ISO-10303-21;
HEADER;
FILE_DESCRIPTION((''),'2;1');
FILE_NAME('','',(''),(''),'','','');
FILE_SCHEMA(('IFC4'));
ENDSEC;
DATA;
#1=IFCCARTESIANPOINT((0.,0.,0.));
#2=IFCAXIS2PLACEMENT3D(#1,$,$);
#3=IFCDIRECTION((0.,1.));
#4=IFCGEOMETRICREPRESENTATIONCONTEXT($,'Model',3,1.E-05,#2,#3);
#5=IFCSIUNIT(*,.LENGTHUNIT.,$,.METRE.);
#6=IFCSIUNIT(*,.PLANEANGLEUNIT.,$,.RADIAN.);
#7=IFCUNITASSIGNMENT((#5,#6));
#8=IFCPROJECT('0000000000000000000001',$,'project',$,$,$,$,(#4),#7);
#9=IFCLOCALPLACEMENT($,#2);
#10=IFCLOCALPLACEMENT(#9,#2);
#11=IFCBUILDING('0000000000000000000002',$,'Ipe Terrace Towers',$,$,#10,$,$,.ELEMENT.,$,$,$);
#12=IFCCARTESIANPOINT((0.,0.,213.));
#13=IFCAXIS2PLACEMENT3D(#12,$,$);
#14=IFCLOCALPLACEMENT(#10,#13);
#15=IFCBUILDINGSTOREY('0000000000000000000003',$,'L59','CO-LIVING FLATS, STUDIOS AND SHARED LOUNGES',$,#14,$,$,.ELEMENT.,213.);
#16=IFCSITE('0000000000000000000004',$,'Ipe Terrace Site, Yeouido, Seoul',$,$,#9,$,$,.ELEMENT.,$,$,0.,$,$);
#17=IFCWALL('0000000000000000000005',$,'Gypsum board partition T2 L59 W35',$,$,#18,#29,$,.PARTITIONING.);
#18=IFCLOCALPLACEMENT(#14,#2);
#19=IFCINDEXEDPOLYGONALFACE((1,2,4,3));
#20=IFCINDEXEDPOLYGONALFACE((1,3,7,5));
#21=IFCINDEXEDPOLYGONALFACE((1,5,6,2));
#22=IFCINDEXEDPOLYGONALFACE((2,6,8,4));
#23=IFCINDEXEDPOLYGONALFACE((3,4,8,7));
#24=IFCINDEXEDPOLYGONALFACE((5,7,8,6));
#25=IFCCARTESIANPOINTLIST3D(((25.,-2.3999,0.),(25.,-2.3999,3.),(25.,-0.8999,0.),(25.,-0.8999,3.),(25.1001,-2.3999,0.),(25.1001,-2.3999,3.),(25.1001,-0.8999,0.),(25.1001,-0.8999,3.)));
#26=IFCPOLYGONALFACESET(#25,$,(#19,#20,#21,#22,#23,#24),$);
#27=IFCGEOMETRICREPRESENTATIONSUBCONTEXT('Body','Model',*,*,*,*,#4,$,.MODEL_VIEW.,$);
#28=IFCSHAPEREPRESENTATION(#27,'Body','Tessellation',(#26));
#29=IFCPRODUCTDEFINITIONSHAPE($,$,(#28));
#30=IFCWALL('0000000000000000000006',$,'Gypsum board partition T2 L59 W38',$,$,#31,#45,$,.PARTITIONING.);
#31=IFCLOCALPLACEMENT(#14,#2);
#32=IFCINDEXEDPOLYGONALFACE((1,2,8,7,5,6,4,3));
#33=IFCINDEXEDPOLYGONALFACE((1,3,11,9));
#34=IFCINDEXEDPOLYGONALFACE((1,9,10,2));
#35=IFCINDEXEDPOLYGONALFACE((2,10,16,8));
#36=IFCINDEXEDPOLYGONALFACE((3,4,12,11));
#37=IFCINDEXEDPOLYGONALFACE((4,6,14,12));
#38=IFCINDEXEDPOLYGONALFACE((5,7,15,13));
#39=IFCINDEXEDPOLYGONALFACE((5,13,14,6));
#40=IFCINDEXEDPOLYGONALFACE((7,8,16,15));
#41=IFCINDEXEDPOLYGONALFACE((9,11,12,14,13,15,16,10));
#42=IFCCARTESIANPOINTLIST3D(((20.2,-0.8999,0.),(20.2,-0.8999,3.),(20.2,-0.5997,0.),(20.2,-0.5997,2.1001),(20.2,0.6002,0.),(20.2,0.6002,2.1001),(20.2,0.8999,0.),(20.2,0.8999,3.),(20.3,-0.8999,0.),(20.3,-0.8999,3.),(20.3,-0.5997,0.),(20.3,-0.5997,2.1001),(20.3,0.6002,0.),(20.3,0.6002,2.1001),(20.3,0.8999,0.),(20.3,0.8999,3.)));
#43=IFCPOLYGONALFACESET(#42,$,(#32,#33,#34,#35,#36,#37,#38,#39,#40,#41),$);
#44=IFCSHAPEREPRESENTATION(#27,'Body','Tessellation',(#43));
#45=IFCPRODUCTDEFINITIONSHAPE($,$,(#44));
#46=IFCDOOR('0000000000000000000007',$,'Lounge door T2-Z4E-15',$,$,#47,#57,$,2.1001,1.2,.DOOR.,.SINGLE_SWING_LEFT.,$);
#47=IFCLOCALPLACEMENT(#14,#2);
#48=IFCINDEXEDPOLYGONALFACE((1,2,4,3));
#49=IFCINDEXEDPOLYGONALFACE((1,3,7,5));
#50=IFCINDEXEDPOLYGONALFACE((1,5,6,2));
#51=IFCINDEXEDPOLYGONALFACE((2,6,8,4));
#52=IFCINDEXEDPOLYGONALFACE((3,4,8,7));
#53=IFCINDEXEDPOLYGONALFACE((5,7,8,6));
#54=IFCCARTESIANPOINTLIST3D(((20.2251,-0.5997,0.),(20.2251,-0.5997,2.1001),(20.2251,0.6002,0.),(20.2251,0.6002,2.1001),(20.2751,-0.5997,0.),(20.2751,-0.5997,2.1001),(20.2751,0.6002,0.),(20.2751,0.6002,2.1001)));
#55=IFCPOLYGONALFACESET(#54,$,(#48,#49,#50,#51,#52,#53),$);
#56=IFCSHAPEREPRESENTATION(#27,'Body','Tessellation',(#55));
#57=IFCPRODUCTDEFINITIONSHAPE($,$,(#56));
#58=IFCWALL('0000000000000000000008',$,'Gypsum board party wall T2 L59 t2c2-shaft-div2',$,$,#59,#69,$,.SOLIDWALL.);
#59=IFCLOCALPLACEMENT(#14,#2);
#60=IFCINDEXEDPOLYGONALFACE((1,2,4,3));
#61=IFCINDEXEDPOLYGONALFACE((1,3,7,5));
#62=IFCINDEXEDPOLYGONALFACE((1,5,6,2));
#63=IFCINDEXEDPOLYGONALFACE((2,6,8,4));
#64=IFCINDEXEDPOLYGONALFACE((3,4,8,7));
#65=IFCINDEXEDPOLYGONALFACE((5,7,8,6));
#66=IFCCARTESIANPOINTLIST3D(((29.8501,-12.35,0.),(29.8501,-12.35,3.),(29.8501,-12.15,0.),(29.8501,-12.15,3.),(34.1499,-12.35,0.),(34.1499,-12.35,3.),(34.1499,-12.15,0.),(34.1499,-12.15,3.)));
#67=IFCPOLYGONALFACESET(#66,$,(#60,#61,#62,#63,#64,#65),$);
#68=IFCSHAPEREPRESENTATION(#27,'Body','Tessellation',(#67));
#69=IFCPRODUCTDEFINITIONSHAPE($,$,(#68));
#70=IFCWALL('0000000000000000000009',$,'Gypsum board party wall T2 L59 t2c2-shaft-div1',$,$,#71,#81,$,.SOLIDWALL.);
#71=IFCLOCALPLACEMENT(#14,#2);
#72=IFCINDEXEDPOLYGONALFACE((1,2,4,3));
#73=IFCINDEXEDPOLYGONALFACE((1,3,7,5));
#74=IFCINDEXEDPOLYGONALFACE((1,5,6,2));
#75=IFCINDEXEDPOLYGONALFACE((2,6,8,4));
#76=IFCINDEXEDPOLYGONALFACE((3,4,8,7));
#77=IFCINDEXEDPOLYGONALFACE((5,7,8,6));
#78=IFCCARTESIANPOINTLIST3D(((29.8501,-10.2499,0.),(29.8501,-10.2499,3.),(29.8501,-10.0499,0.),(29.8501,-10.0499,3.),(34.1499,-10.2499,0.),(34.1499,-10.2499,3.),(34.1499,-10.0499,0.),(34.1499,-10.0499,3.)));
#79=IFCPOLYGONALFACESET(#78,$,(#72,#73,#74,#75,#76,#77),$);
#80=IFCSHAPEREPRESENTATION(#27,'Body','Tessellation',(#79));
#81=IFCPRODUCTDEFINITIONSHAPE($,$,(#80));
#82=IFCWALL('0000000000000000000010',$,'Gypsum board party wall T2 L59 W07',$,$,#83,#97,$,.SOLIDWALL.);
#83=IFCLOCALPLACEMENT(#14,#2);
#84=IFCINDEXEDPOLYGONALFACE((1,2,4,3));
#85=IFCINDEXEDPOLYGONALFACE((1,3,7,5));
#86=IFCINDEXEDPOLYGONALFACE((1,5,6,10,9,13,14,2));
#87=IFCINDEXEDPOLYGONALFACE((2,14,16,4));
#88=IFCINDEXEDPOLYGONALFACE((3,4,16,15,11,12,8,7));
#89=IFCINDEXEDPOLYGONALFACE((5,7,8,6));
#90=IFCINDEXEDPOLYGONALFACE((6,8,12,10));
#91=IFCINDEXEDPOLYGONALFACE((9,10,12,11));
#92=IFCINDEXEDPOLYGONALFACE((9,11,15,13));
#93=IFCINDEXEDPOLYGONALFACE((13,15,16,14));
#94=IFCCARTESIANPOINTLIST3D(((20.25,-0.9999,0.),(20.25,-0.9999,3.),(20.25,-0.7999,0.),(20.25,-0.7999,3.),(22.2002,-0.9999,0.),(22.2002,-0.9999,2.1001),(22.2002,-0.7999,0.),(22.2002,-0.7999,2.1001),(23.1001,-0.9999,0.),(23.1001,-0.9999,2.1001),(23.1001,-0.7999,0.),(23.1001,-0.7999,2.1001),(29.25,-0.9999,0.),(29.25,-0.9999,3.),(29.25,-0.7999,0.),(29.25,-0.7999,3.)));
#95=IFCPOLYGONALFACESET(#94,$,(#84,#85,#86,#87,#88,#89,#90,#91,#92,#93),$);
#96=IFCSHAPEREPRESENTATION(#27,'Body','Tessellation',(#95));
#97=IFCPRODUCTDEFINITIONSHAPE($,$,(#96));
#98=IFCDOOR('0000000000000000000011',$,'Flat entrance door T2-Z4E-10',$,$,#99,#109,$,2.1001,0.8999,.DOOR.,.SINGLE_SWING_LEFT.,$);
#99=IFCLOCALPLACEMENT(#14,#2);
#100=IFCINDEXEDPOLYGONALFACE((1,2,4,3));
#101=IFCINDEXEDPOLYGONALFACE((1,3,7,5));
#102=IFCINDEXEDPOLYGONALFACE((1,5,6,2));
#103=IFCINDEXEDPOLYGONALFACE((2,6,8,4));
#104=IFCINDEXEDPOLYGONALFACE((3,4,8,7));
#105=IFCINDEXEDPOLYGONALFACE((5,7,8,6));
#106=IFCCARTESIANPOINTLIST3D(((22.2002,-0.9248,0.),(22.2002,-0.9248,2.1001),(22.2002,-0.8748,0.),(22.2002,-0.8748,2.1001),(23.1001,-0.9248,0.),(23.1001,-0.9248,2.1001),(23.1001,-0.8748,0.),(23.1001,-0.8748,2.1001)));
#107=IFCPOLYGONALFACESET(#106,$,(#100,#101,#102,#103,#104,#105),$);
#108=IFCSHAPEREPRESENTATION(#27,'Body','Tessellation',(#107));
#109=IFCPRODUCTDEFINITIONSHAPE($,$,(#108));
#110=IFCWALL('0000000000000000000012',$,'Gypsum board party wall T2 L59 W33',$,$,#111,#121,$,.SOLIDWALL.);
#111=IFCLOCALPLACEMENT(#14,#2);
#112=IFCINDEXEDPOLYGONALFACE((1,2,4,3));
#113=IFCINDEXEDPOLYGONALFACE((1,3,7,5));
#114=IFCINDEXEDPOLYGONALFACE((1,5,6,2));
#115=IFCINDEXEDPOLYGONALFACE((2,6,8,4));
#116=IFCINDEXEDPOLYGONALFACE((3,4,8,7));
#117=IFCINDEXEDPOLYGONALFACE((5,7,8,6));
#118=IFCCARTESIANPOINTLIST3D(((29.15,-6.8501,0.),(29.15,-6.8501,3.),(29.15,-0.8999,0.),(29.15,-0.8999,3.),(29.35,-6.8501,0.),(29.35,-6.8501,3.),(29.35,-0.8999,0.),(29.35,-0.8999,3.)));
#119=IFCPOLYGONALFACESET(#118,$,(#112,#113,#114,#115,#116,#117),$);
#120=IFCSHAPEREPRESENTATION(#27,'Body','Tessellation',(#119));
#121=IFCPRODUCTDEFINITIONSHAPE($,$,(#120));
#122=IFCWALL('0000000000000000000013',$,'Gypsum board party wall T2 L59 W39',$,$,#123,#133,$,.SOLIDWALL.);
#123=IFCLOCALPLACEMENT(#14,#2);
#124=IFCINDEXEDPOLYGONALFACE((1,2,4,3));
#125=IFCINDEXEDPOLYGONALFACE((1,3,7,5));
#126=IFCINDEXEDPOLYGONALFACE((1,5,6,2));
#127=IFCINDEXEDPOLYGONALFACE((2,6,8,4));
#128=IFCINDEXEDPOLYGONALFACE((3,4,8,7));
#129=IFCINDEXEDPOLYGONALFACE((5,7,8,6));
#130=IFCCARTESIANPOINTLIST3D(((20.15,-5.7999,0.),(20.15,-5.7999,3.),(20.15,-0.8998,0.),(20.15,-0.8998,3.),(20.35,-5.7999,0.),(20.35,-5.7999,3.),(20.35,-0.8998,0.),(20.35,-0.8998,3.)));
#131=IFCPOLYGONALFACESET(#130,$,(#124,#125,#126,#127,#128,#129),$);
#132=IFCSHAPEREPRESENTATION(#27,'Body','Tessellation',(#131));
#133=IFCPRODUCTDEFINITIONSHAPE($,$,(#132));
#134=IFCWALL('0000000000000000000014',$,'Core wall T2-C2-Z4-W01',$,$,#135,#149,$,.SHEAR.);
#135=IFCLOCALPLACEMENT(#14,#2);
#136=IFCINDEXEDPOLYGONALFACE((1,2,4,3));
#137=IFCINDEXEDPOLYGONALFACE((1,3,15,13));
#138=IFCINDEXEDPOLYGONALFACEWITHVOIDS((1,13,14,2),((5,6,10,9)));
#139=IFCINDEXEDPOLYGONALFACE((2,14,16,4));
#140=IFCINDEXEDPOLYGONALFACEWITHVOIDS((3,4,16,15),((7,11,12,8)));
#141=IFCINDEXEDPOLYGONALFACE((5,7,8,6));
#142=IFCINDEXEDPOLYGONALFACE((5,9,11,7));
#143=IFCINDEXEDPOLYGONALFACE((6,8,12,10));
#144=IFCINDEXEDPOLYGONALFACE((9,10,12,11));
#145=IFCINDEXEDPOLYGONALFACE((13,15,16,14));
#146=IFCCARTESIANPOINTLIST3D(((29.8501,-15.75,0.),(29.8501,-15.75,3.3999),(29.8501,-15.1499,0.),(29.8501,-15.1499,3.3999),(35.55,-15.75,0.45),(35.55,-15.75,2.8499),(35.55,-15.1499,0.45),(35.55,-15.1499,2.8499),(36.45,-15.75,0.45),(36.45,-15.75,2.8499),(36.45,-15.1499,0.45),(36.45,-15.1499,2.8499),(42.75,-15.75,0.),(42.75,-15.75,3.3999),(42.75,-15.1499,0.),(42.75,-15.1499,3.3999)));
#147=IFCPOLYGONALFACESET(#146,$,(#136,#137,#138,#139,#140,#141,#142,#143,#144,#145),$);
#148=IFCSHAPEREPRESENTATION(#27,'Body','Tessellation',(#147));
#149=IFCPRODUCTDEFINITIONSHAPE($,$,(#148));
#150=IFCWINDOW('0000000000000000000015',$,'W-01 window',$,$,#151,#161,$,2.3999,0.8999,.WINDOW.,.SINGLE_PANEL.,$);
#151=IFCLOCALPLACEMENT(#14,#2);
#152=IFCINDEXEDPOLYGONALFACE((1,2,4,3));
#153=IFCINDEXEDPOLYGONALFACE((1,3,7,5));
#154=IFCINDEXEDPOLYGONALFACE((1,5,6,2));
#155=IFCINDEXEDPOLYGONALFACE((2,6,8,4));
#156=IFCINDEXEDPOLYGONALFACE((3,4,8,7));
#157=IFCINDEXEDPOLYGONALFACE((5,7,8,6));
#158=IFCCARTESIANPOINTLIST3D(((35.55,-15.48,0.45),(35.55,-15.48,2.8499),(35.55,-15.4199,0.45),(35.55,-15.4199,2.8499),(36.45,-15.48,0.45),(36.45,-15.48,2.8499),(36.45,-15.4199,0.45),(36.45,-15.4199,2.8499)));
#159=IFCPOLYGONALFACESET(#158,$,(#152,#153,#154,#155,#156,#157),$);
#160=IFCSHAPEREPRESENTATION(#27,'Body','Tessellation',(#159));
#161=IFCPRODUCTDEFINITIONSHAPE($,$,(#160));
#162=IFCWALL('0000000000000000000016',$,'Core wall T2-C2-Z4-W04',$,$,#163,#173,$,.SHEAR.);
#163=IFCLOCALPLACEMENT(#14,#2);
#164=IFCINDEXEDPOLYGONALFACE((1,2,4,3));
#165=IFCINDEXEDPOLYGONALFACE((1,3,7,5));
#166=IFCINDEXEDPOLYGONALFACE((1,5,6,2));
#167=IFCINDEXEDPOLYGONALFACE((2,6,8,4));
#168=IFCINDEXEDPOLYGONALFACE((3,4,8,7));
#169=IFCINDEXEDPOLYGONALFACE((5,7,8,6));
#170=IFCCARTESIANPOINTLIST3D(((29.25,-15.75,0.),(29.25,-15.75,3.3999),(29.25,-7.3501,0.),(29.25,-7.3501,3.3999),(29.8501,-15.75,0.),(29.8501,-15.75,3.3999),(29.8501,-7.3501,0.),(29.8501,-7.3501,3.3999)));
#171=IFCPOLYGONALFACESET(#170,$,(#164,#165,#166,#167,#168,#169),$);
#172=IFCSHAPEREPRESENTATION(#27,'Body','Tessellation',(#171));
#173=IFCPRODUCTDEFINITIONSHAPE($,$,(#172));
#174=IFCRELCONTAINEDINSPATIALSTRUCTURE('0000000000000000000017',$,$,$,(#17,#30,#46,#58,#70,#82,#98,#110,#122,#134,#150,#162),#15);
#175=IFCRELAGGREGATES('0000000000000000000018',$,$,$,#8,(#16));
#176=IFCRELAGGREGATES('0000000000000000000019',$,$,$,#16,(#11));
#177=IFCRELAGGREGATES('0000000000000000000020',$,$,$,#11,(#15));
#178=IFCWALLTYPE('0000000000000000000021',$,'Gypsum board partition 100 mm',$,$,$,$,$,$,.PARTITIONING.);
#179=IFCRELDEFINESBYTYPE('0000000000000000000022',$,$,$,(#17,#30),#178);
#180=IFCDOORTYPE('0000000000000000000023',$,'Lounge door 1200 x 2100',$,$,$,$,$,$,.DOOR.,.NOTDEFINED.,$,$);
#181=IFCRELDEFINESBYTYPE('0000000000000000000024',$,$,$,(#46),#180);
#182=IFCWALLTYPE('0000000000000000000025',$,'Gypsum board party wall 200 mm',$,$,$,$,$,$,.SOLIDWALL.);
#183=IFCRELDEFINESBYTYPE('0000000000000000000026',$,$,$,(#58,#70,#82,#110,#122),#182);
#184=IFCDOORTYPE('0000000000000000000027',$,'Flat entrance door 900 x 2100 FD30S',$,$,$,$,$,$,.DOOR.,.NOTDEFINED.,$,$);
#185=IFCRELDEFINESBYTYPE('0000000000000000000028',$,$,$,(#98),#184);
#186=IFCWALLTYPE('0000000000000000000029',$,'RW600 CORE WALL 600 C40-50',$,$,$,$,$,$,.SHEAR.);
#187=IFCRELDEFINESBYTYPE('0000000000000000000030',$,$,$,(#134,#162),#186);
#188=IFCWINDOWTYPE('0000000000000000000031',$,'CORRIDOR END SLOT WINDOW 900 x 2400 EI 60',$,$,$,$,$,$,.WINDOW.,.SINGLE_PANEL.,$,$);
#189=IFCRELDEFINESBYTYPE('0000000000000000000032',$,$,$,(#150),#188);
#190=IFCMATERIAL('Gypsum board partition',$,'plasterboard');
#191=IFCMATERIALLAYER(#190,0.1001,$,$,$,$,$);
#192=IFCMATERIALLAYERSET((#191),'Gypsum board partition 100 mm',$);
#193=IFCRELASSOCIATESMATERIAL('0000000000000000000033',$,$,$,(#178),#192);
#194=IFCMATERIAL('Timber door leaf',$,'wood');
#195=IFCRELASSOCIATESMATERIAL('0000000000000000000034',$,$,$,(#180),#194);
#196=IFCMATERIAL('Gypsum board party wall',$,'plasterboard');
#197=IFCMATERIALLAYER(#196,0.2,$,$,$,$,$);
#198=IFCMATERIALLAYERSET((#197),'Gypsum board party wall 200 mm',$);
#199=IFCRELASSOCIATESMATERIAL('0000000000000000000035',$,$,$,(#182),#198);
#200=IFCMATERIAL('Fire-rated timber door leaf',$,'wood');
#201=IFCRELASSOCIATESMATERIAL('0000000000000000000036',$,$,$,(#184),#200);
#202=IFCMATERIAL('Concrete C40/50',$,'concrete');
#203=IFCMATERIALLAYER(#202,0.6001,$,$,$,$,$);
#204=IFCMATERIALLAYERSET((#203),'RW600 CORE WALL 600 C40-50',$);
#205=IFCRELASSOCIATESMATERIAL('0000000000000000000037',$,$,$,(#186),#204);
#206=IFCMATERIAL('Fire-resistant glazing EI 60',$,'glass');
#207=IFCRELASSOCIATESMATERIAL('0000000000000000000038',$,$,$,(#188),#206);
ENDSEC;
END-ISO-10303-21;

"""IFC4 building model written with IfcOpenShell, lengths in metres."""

from ifc_helpers import new_model, si_unit, direction, frame, frame_2d, origin, place, context, subcontext, project, spatial, rectangle, extrude, material, layer, layer_set, type_object, element, fill, save


model = new_model("IFC4")

# Units and contexts
model_context = context("Model", 3, precision=1e-05, world=origin(), true_north=direction((0.0, 1.0)))
body_context = subcontext(model_context, "Body", "Model", "MODEL_VIEW")
ifc_project = project(units=[si_unit("LENGTHUNIT", "METRE"), si_unit("PLANEANGLEUNIT", "RADIAN")], contexts=[model_context])

# Site, building, storey
site_placement = place(None, origin())
site = spatial("IfcSite", under=ifc_project, at=site_placement, Name="Ipe Terrace Site, Yeouido, Seoul", CompositionType="ELEMENT", RefElevation=0.0)
building_placement = place(site_placement, origin())
building = spatial("IfcBuilding", under=site, at=building_placement, Name="Ipe Terrace Towers", CompositionType="ELEMENT")
storey_placement = place(building_placement, frame((0.0, 0.0, 213.0)))
storey = spatial("IfcBuildingStorey", under=building, at=storey_placement, Name="L59", Description="CO-LIVING FLATS, STUDIOS AND SHARED LOUNGES", CompositionType="ELEMENT", Elevation=213.0)

# Shared definitions
ifc_material_1 = material(Name="Gypsum board partition", Category="plasterboard")
ifc_layer_1 = layer(ifc_material_1, 0.1001)
ifc_layer_set_1 = layer_set([ifc_layer_1], Name="Gypsum board partition 100 mm")
wall_type_1 = type_object("IfcWallType", Name="Gypsum board partition 100 mm", PredefinedType="PARTITIONING", material=ifc_layer_set_1)

# Wall
for number, where, z_axis, x_axis, name in (
    (1, (25.05, -2.3999, 0.0), (0.0, 0.0, 1.0), (0.0, 1.0, 0.0), "Gypsum board partition T2 L59 W35"),
):
    element("IfcWall", number, at=place(storey_placement, frame(where, z_axis=z_axis, x_axis=x_axis)), inside=storey, type_object=wall_type_1, Name=name, PredefinedType="PARTITIONING", context=body_context, shape_type="SweptSolid", body=[
        extrude(rectangle(XDim=1.5, YDim=0.1001, at=frame_2d((0.75, 0.0))), origin(), (0.0, 0.0, 1.0), 3.0),
    ])

# Wall, opening, door
wall_1_placement = place(storey_placement, frame((20.25, -0.8999, 0.0), z_axis=(0.0, 0.0, 1.0), x_axis=(0.0, 1.0, 0.0)))
wall_1 = element("IfcWall", 2, at=wall_1_placement, inside=storey, type_object=wall_type_1, Name="Gypsum board partition T2 L59 W38", PredefinedType="PARTITIONING", context=body_context, shape_type="SweptSolid", body=[
    extrude(rectangle(XDim=1.7998, YDim=0.1001, at=frame_2d((0.8999, 0.0))), origin(), (0.0, 0.0, 1.0), 3.0),
])
opening_1_placement = place(wall_1_placement, frame((0.3, 0.0, 0.0)))
opening_1 = element("IfcOpeningElement", 3, at=opening_1_placement, cuts=wall_1, PredefinedType="OPENING", context=body_context, shape_type="SweptSolid", body=[
    extrude(rectangle(XDim=1.2, YDim=2.1001, at=frame_2d((0.6001, 1.05))), frame((0.0, 0.0601, 0.0), z_axis=(0.0, -1.0, 0.0), x_axis=(1.0, 0.0, 0.0)), (0.0, 0.0, 1.0), 0.1201),
])
ifc_material_2 = material(Name="Timber door leaf", Category="wood")
door_type_1 = type_object("IfcDoorType", Name="Lounge door 1200 x 2100", OperationType="NOTDEFINED", PredefinedType="DOOR", material=ifc_material_2)
door_1_placement = place(opening_1_placement, origin())
door_1 = element("IfcDoor", 4, at=door_1_placement, inside=storey, type_object=door_type_1, Name="Lounge door T2-Z4E-15", OperationType="SINGLE_SWING_LEFT", OverallHeight=2.1001, OverallWidth=1.2, PredefinedType="DOOR", context=body_context, shape_type="SweptSolid", body=[
    extrude(rectangle(XDim=1.2, YDim=2.1001, at=frame_2d((0.6001, 1.05))), frame((0.0, 0.0249, 0.0), z_axis=(0.0, -1.0, 0.0), x_axis=(1.0, 0.0, 0.0)), (0.0, 0.0, 1.0), 0.05),
])
fill(opening_1, door_1)

# Walls
ifc_material_3 = material(Name="Gypsum board party wall", Category="plasterboard")
ifc_layer_2 = layer(ifc_material_3, 0.2)
ifc_layer_set_2 = layer_set([ifc_layer_2], Name="Gypsum board party wall 200 mm")
wall_type_2 = type_object("IfcWallType", Name="Gypsum board party wall 200 mm", PredefinedType="SOLIDWALL", material=ifc_layer_set_2)
for number, where, z_axis, x_axis, name in (
    (5, (29.8501, -12.25, 0.0), (0.0, 0.0, 1.0), (1.0, 0.0, 0.0), "Gypsum board party wall T2 L59 t2c2-shaft-div2"),
    (6, (29.8501, -10.1499, 0.0), (0.0, 0.0, 1.0), (1.0, 0.0, 0.0), "Gypsum board party wall T2 L59 t2c2-shaft-div1"),
):
    element("IfcWall", number, at=place(storey_placement, frame(where, z_axis=z_axis, x_axis=x_axis)), inside=storey, type_object=wall_type_2, Name=name, PredefinedType="SOLIDWALL", context=body_context, shape_type="SweptSolid", body=[
        extrude(rectangle(XDim=4.2998, YDim=0.2, at=frame_2d((2.1499, 0.0))), origin(), (0.0, 0.0, 1.0), 3.0),
    ])

# Wall, opening, door
wall_2_placement = place(storey_placement, frame((29.25, -0.8999, 0.0), z_axis=(0.0, 0.0, 1.0), x_axis=(-1.0, 0.0, 0.0)))
wall_2 = element("IfcWall", 7, at=wall_2_placement, inside=storey, type_object=wall_type_2, Name="Gypsum board party wall T2 L59 W07", PredefinedType="SOLIDWALL", context=body_context, shape_type="SweptSolid", body=[
    extrude(rectangle(XDim=9.0, YDim=0.2, at=frame_2d((4.5, 0.0))), origin(), (0.0, 0.0, 1.0), 3.0),
])
opening_2_placement = place(wall_2_placement, frame((6.1499, 0.0, 0.0)))
opening_2 = element("IfcOpeningElement", 8, at=opening_2_placement, cuts=wall_2, PredefinedType="OPENING", context=body_context, shape_type="SweptSolid", body=[
    extrude(rectangle(XDim=0.8999, YDim=2.1001, at=frame_2d((0.45, 1.05))), frame((0.0, 0.1099, 0.0), z_axis=(0.0, -1.0, 0.0), x_axis=(1.0, 0.0, 0.0)), (0.0, 0.0, 1.0), 0.22),
])
ifc_material_4 = material(Name="Fire-rated timber door leaf", Category="wood")
door_type_2 = type_object("IfcDoorType", Name="Flat entrance door 900 x 2100 FD30S", OperationType="NOTDEFINED", PredefinedType="DOOR", material=ifc_material_4)
door_2_placement = place(opening_2_placement, origin())
door_2 = element("IfcDoor", 9, at=door_2_placement, inside=storey, type_object=door_type_2, Name="Flat entrance door T2-Z4E-10", OperationType="SINGLE_SWING_LEFT", OverallHeight=2.1001, OverallWidth=0.8999, PredefinedType="DOOR", context=body_context, shape_type="SweptSolid", body=[
    extrude(rectangle(XDim=0.8999, YDim=2.1001, at=frame_2d((0.45, 1.05))), frame((0.0, 0.0249, 0.0), z_axis=(0.0, -1.0, 0.0), x_axis=(1.0, 0.0, 0.0)), (0.0, 0.0, 1.0), 0.05),
])
fill(opening_2, door_2)

# Walls
wall_3_placement = place(storey_placement, frame((29.25, -6.8501, 0.0), z_axis=(0.0, 0.0, 1.0), x_axis=(0.0, 1.0, 0.0)))
element("IfcWall", 10, at=wall_3_placement, inside=storey, type_object=wall_type_2, Name="Gypsum board party wall T2 L59 W33", PredefinedType="SOLIDWALL", context=body_context, shape_type="SweptSolid", body=[
    extrude(rectangle(XDim=5.9502, YDim=0.2, at=frame_2d((2.9751, 0.0))), origin(), (0.0, 0.0, 1.0), 3.0),
])
wall_4_placement = place(storey_placement, frame((20.25, -5.8, 0.0), z_axis=(0.0, 0.0, 1.0), x_axis=(0.0, 1.0, 0.0)))
element("IfcWall", 11, at=wall_4_placement, inside=storey, type_object=wall_type_2, Name="Gypsum board party wall T2 L59 W39", PredefinedType="SOLIDWALL", context=body_context, shape_type="SweptSolid", body=[
    extrude(rectangle(XDim=4.9001, YDim=0.2, at=frame_2d((2.4502, 0.0))), origin(), (0.0, 0.0, 1.0), 3.0),
])

# Wall, opening, window
ifc_material_5 = material(Name="Concrete C40/50", Category="concrete")
ifc_layer_3 = layer(ifc_material_5, 0.6001)
ifc_layer_set_3 = layer_set([ifc_layer_3], Name="RW600 CORE WALL 600 C40-50")
wall_type_3 = type_object("IfcWallType", Name="RW600 CORE WALL 600 C40-50", PredefinedType="SHEAR", material=ifc_layer_set_3)
wall_5_placement = place(storey_placement, frame((29.8501, -15.45, 0.0), z_axis=(0.0, 0.0, 1.0), x_axis=(1.0, 0.0, 0.0)))
wall_5 = element("IfcWall", 12, at=wall_5_placement, inside=storey, type_object=wall_type_3, Name="Core wall T2-C2-Z4-W01", PredefinedType="SHEAR", context=body_context, shape_type="SweptSolid", body=[
    extrude(rectangle(XDim=12.8999, YDim=0.6001, at=frame_2d((6.45, 0.0))), origin(), (0.0, 0.0, 1.0), 3.3999),
])
opening_3_placement = place(wall_5_placement, frame((5.7, 0.0, 0.45)))
opening_3 = element("IfcOpeningElement", 13, at=opening_3_placement, cuts=wall_5, PredefinedType="OPENING", context=body_context, shape_type="SweptSolid", body=[
    extrude(rectangle(XDim=0.8999, YDim=2.3999, at=frame_2d((0.45, 1.2))), frame((0.0, 0.3101, 0.0), z_axis=(0.0, -1.0, 0.0), x_axis=(1.0, 0.0, 0.0)), (0.0, 0.0, 1.0), 0.6201),
])
ifc_material_6 = material(Name="Fire-resistant glazing EI 60", Category="glass")
window_type = type_object("IfcWindowType", Name="CORRIDOR END SLOT WINDOW 900 x 2400 EI 60", PartitioningType="SINGLE_PANEL", PredefinedType="WINDOW", material=ifc_material_6)
window_placement = place(opening_3_placement, origin())
window = element("IfcWindow", 14, at=window_placement, inside=storey, type_object=window_type, Name="W-01 window", OverallHeight=2.3999, OverallWidth=0.8999, PartitioningType="SINGLE_PANEL", PredefinedType="WINDOW", context=body_context, shape_type="SweptSolid", body=[
    extrude(rectangle(XDim=0.8999, YDim=2.3999, at=frame_2d((0.45, 1.2))), frame((0.0, 0.03, 0.0), z_axis=(0.0, -1.0, 0.0), x_axis=(1.0, 0.0, 0.0)), (0.0, 0.0, 1.0), 0.0601),
])
fill(opening_3, window)

# Wall
wall_6_placement = place(storey_placement, frame((29.55, -7.3501, 0.0), z_axis=(0.0, 0.0, 1.0), x_axis=(0.0, -1.0, 0.0)))
element("IfcWall", 15, at=wall_6_placement, inside=storey, type_object=wall_type_3, Name="Core wall T2-C2-Z4-W04", PredefinedType="SHEAR", context=body_context, shape_type="SweptSolid", body=[
    extrude(rectangle(XDim=8.3999, YDim=0.6001, at=frame_2d((4.2, 0.0))), origin(), (0.0, 0.0, 1.0), 3.3999),
])

save(model, "model.ifc")
